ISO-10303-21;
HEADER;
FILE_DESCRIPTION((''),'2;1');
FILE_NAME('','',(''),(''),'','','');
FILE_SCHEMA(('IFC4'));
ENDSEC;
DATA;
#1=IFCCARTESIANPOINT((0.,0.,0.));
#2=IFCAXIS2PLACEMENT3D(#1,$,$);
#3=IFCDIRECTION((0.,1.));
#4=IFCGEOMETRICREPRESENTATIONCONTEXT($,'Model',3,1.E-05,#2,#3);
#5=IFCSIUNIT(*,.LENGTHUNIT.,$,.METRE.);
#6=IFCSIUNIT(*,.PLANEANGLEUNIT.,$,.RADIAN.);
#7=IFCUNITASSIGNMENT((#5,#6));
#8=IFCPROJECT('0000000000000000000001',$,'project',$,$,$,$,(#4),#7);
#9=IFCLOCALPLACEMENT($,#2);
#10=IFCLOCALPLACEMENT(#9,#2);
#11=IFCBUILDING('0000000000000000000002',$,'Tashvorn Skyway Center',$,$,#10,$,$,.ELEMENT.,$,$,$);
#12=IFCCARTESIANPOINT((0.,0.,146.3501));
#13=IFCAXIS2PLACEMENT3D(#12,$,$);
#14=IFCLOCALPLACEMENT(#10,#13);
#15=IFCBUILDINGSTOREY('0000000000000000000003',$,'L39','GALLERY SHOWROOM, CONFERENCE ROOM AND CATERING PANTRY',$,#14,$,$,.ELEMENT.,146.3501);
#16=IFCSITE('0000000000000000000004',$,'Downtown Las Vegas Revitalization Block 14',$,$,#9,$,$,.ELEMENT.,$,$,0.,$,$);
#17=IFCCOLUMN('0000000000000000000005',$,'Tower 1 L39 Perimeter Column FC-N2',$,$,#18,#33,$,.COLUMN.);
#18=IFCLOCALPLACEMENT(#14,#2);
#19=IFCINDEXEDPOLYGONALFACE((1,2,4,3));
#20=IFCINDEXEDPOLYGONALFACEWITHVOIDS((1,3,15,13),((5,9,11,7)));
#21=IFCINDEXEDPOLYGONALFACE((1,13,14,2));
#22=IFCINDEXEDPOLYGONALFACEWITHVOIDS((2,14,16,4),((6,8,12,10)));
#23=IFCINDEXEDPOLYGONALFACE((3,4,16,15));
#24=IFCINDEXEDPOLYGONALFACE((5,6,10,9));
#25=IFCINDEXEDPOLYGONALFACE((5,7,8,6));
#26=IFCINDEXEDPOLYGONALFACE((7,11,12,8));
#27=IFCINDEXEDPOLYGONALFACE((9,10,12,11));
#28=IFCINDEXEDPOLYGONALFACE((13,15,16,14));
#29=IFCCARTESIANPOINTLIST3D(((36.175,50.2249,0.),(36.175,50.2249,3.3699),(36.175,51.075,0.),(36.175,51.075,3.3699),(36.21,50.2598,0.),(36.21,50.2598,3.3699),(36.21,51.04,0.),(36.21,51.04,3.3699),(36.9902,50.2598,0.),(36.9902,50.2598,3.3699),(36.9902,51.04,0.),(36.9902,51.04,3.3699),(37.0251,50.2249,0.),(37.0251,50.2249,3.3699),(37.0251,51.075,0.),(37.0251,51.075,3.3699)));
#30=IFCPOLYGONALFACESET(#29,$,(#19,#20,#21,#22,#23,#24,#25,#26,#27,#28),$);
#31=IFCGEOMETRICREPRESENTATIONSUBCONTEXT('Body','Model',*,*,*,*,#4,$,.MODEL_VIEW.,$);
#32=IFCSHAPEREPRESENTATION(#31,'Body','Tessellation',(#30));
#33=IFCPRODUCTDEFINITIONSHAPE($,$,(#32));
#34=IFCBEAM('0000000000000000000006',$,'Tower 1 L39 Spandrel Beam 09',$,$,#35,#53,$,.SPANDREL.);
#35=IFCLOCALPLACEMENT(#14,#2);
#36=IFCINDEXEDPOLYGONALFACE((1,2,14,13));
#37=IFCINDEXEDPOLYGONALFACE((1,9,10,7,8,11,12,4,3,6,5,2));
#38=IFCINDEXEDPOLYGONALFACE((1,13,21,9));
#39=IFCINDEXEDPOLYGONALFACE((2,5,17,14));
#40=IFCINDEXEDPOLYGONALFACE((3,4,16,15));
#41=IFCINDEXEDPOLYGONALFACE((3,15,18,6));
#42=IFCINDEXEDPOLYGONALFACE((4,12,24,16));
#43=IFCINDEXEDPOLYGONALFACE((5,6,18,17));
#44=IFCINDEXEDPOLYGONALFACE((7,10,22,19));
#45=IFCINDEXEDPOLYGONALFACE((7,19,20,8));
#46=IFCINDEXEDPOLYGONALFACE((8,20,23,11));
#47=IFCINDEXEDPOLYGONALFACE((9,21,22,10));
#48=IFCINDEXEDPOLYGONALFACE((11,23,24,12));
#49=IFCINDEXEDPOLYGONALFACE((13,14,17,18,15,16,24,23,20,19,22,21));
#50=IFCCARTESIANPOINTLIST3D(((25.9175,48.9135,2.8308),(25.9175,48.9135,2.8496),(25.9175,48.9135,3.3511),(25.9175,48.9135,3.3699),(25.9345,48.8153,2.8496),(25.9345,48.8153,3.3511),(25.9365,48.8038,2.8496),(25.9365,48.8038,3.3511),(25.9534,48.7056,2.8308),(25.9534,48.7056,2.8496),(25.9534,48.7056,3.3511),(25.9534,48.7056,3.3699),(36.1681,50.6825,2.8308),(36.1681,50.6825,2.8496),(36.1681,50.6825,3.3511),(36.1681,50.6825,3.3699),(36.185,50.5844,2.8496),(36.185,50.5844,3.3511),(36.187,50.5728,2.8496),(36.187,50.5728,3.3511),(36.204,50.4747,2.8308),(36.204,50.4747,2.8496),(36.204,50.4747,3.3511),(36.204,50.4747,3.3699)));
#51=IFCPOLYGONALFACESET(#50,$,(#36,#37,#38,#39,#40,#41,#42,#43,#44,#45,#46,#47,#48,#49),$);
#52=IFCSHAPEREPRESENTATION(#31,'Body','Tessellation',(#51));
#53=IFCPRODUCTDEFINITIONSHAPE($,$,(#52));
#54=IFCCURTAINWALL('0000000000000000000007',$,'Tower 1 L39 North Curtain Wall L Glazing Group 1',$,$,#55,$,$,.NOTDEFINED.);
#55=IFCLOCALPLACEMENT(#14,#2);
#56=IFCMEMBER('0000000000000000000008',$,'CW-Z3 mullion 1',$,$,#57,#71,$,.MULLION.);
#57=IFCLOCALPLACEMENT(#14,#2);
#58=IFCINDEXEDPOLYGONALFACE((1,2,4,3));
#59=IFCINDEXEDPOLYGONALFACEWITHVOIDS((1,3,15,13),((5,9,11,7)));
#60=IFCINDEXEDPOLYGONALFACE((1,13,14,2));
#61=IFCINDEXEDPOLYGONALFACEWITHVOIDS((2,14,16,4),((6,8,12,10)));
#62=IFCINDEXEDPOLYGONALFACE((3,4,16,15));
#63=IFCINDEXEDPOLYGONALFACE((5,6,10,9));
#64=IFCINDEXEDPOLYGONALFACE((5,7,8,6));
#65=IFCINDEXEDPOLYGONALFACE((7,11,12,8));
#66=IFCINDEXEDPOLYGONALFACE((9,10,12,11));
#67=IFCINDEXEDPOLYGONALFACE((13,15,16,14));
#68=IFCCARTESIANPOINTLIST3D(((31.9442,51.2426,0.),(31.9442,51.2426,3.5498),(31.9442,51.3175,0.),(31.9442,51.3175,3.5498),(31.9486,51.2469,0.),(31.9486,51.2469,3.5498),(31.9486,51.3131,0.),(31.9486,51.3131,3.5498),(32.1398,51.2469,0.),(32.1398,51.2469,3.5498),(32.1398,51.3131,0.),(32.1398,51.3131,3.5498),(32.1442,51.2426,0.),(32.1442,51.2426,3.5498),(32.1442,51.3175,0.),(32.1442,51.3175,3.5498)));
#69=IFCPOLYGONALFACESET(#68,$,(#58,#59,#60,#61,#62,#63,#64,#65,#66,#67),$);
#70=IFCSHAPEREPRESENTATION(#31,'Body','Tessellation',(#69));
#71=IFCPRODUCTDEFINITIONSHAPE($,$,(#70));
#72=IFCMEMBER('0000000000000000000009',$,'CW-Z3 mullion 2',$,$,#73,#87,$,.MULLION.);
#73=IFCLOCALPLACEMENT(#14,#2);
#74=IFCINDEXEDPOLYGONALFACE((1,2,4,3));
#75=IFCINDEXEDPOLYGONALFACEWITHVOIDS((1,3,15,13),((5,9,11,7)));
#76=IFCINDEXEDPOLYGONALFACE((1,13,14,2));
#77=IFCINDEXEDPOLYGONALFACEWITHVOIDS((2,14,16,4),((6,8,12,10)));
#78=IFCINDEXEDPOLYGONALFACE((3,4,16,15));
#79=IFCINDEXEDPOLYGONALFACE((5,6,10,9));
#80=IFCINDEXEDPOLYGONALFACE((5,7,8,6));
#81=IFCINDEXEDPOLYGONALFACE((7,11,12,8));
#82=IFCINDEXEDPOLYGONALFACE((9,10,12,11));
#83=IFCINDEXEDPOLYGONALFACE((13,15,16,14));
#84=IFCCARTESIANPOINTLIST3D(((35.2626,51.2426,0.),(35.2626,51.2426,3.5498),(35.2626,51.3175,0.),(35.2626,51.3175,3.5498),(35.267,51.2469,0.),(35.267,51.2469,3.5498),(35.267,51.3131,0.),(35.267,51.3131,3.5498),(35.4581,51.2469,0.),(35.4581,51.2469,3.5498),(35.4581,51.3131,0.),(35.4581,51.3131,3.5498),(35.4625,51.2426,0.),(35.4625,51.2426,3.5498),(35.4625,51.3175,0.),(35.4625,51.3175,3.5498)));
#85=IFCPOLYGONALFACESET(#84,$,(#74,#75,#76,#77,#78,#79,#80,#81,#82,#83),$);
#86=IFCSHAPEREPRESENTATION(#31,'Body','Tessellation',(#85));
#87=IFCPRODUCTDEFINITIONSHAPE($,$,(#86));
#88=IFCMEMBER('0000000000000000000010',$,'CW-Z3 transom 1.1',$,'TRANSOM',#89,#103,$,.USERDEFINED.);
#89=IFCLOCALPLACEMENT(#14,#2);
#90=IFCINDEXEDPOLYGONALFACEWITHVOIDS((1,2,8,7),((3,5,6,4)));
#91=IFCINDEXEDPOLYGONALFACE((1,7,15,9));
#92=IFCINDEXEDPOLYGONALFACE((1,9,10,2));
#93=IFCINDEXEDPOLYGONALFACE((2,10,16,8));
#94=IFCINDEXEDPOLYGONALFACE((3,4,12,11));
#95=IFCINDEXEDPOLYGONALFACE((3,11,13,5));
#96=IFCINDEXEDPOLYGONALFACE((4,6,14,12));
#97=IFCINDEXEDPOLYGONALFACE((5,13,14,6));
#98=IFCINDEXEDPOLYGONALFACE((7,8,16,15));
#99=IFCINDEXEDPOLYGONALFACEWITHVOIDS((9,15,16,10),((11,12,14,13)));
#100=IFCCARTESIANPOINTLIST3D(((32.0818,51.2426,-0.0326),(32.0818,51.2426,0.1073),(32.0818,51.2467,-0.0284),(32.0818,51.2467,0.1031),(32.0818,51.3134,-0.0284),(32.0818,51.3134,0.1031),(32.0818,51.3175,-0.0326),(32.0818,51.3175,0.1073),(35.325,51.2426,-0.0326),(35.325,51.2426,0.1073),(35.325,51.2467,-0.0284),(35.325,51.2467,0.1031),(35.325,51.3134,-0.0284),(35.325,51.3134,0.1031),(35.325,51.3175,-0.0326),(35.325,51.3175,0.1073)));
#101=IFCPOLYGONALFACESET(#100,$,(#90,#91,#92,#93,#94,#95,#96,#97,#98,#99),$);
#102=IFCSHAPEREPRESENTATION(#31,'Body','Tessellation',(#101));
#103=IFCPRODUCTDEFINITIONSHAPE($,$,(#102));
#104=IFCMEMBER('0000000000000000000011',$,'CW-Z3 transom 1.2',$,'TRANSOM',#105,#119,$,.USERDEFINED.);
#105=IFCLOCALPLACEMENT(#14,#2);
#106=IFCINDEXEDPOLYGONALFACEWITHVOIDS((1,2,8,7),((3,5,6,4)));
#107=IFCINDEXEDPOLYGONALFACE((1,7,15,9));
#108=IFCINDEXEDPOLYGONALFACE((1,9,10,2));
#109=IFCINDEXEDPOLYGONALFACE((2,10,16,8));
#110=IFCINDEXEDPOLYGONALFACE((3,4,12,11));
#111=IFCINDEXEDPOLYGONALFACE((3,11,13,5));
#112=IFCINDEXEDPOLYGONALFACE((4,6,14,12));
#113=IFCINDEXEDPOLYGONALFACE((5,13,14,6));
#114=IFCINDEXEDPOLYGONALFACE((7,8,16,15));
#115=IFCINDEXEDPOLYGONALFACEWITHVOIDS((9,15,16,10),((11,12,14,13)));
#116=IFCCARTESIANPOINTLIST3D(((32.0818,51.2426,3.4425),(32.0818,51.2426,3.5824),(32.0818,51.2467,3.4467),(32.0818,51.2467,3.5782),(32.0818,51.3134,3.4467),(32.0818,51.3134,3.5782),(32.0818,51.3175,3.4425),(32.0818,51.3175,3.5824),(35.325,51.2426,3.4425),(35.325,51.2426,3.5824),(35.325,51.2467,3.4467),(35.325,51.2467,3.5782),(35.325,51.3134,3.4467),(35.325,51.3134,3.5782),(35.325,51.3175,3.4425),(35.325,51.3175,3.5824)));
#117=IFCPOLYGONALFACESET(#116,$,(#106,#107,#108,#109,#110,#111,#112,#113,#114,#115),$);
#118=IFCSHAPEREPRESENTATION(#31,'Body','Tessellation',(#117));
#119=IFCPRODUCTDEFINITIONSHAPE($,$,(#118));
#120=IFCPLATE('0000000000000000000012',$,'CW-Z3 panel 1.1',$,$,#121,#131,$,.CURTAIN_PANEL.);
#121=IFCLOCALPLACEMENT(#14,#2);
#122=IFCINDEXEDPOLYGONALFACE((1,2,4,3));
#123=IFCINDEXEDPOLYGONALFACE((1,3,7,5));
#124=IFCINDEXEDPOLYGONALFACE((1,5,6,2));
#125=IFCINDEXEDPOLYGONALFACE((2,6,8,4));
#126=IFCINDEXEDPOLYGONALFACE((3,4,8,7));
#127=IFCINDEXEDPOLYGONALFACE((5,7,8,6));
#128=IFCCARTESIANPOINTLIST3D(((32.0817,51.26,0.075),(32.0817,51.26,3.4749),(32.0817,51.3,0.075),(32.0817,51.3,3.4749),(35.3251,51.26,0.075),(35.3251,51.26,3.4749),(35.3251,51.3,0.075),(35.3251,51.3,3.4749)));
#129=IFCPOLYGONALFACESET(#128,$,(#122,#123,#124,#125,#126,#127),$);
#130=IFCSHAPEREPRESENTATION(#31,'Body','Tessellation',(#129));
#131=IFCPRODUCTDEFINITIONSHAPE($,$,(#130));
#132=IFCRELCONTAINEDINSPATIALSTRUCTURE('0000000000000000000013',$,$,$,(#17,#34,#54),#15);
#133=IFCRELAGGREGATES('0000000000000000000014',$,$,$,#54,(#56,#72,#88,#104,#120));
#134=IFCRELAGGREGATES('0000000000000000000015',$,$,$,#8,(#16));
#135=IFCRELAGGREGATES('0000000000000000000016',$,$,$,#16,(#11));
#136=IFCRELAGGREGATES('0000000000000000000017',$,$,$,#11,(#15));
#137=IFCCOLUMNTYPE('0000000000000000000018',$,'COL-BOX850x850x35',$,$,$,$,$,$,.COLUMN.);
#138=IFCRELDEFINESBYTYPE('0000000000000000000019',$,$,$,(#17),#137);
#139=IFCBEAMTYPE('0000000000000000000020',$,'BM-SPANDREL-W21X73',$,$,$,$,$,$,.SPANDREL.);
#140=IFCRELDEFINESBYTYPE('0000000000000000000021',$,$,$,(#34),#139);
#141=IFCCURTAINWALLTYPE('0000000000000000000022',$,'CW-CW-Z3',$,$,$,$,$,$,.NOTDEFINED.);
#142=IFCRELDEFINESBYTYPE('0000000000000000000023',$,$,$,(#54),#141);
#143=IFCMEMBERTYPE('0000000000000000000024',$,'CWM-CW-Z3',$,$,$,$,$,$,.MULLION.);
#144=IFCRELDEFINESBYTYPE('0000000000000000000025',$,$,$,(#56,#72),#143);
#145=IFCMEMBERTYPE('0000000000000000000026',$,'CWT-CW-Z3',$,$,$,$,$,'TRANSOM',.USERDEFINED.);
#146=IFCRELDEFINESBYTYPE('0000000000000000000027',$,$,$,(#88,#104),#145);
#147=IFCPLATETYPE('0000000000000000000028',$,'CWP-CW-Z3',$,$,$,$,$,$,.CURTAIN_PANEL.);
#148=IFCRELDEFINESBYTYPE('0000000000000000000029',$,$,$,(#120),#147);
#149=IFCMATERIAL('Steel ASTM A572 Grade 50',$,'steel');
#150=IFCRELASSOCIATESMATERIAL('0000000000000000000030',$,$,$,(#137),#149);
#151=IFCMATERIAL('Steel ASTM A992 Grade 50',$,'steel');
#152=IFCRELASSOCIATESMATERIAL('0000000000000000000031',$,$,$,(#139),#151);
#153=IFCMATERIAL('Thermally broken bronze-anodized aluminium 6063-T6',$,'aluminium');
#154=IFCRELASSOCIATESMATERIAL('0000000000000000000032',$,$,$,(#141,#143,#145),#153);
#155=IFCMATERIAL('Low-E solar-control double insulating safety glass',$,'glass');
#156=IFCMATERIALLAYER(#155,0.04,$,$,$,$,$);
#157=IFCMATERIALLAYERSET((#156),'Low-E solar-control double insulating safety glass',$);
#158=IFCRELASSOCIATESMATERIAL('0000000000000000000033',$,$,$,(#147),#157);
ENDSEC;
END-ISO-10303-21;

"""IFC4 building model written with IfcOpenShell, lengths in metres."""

from ifc_helpers import new_model, si_unit, direction, frame, origin, origin_2d, place, context, subcontext, project, spatial, rectangle, hollow_rectangle, i_section, extrude, material, layer, layer_set, material_profile, profile_set, type_object, element, aggregate, save


model = new_model("IFC4")

# Units and contexts
model_context = context("Model", 3, precision=1e-05, world=origin(), true_north=direction((0.0, 1.0)))
body_context = subcontext(model_context, "Body", "Model", "MODEL_VIEW")
ifc_project = project(units=[si_unit("LENGTHUNIT", "METRE"), si_unit("PLANEANGLEUNIT", "RADIAN")], contexts=[model_context])

# Site, building, storey
site_placement = place(None, origin())
site = spatial("IfcSite", under=ifc_project, at=site_placement, Name="Downtown Las Vegas Revitalization Block 14", CompositionType="ELEMENT", RefElevation=0.0)
building_placement = place(site_placement, origin())
building = spatial("IfcBuilding", under=site, at=building_placement, Name="Tashvorn Skyway Center", CompositionType="ELEMENT")
storey_placement = place(building_placement, frame((0.0, 0.0, 146.3501)))
storey = spatial("IfcBuildingStorey", under=building, at=storey_placement, Name="L39", Description="GALLERY SHOWROOM, CONFERENCE ROOM AND CATERING PANTRY", CompositionType="ELEMENT", Elevation=146.3501)

# Column
ifc_material_1 = material(Name="Steel ASTM A572 Grade 50", Category="steel")
ifc_material_profile_1 = material_profile(ifc_material_1, hollow_rectangle(XDim=0.8501, YDim=0.8501, WallThickness=0.0349, at=origin_2d()), Name="BOX850x850x35")
ifc_profile_set_1 = profile_set([ifc_material_profile_1], Name="Steel ASTM A572 Grade 50")
column_type = type_object("IfcColumnType", Name="COL-BOX850x850x35", PredefinedType="COLUMN", material=ifc_profile_set_1)
column_placement = place(storey_placement, frame((36.6001, 50.6499, 0.0), z_axis=(0.0, 0.0, 1.0), x_axis=(1.0, 0.0, 0.0)))
element("IfcColumn", 1, at=column_placement, inside=storey, type_object=column_type, Name="Tower 1 L39 Perimeter Column FC-N2", PredefinedType="COLUMN", context=body_context, shape_type="SweptSolid", body=[
    extrude(hollow_rectangle(XDim=0.8501, YDim=0.8501, WallThickness=0.0349, at=origin_2d()), origin(), (0.0, 0.0, 1.0), 3.3699),
])

# Beam
ifc_material_2 = material(Name="Steel ASTM A992 Grade 50", Category="steel")
ifc_material_profile_2 = material_profile(ifc_material_2, i_section(OverallWidth=0.2109, OverallDepth=0.5391, WebThickness=0.0117, FlangeThickness=0.0188, at=origin_2d()), Name="W21X73")
ifc_profile_set_2 = profile_set([ifc_material_profile_2], Name="Steel ASTM A992 Grade 50")
beam_type = type_object("IfcBeamType", Name="BM-SPANDREL-W21X73", PredefinedType="SPANDREL", material=ifc_profile_set_2)
beam_placement = place(storey_placement, frame((36.186, 50.5786, 3.1003), z_axis=(-0.985432, -0.170067, 0.0), x_axis=(0.170067, -0.985432, 0.0)))
element("IfcBeam", 2, at=beam_placement, inside=storey, type_object=beam_type, Name="Tower 1 L39 Spandrel Beam 09", PredefinedType="SPANDREL", context=body_context, shape_type="SweptSolid", body=[
    extrude(i_section(OverallWidth=0.2109, OverallDepth=0.5391, WebThickness=0.0117, FlangeThickness=0.0188, at=origin_2d()), origin(), (0.0, 0.0, 1.0), 10.4021),
])

# Curtain wall, members, plate
ifc_material_3 = material(Name="Thermally broken bronze-anodized aluminium 6063-T6", Category="aluminium")
curtain_wall_type = type_object("IfcCurtainWallType", Name="CW-CW-Z3", PredefinedType="NOTDEFINED", material=ifc_material_3)
curtain_wall_placement = place(storey_placement, origin())
curtain_wall = element("IfcCurtainWall", 3, at=curtain_wall_placement, inside=storey, type_object=curtain_wall_type, Name="Tower 1 L39 North Curtain Wall L Glazing Group 1", PredefinedType="NOTDEFINED")
ifc_material_profile_3 = material_profile(ifc_material_3, hollow_rectangle(XDim=0.075, YDim=0.2, WallThickness=0.0044, at=origin_2d()), Name="ALU-MULL-75x200")
ifc_profile_set_3 = profile_set([ifc_material_profile_3], Name="Thermally broken bronze-anodized aluminium 6063-T6")
member_type_1 = type_object("IfcMemberType", Name="CWM-CW-Z3", PredefinedType="MULLION", material=ifc_profile_set_3)
member_1_placement = place(storey_placement, frame((32.0442, 51.28, 0.0), z_axis=(0.0, 0.0, 1.0), x_axis=(0.0, 1.0, 0.0)))
member_1 = element("IfcMember", 4, at=member_1_placement, type_object=member_type_1, Name="CW-Z3 mullion 1", PredefinedType="MULLION", context=body_context, shape_type="SweptSolid", body=[
    extrude(hollow_rectangle(XDim=0.075, YDim=0.2, WallThickness=0.0044, at=origin_2d()), origin(), (0.0, 0.0, 1.0), 3.5498),
])
member_2_placement = place(storey_placement, frame((35.3625, 51.28, 0.0), z_axis=(0.0, 0.0, 1.0), x_axis=(0.0, 1.0, 0.0)))
member_2 = element("IfcMember", 5, at=member_2_placement, type_object=member_type_1, Name="CW-Z3 mullion 2", PredefinedType="MULLION", context=body_context, shape_type="SweptSolid", body=[
    extrude(hollow_rectangle(XDim=0.075, YDim=0.2, WallThickness=0.0044, at=origin_2d()), origin(), (0.0, 0.0, 1.0), 3.5498),
])
ifc_material_profile_4 = material_profile(ifc_material_3, hollow_rectangle(XDim=0.075, YDim=0.1399, WallThickness=0.0042, at=origin_2d()), Name="ALU-TRAN-75x140")
ifc_profile_set_4 = profile_set([ifc_material_profile_4], Name="Thermally broken bronze-anodized aluminium 6063-T6")
member_type_2 = type_object("IfcMemberType", Name="CWT-CW-Z3", ElementType="TRANSOM", PredefinedType="USERDEFINED", material=ifc_profile_set_4)
member_3_placement = place(storey_placement, frame((32.0818, 51.28, 0.0374), z_axis=(1.0, 0.0, 0.0), x_axis=(0.0, 1.0, 0.0)))
member_3 = element("IfcMember", 6, at=member_3_placement, type_object=member_type_2, Name="CW-Z3 transom 1.1", ObjectType="TRANSOM", PredefinedType="USERDEFINED", context=body_context, shape_type="SweptSolid", body=[
    extrude(hollow_rectangle(XDim=0.075, YDim=0.1399, WallThickness=0.0042, at=origin_2d()), origin(), (0.0, 0.0, 1.0), 3.2432),
])
member_4_placement = place(storey_placement, frame((32.0818, 51.28, 3.5125), z_axis=(1.0, 0.0, 0.0), x_axis=(0.0, 1.0, 0.0)))
member_4 = element("IfcMember", 7, at=member_4_placement, type_object=member_type_2, Name="CW-Z3 transom 1.2", ObjectType="TRANSOM", PredefinedType="USERDEFINED", context=body_context, shape_type="SweptSolid", body=[
    extrude(hollow_rectangle(XDim=0.075, YDim=0.1399, WallThickness=0.0042, at=origin_2d()), origin(), (0.0, 0.0, 1.0), 3.2432),
])
ifc_material_4 = material(Name="Low-E solar-control double insulating safety glass", Category="glass")
ifc_layer_1 = layer(ifc_material_4, 0.04)
ifc_layer_set_1 = layer_set([ifc_layer_1], Name="Low-E solar-control double insulating safety glass")
plate_type = type_object("IfcPlateType", Name="CWP-CW-Z3", PredefinedType="CURTAIN_PANEL", material=ifc_layer_set_1)
plate_placement = place(storey_placement, frame((33.7034, 51.28, 0.075), z_axis=(0.0, 0.0, 1.0), x_axis=(1.0, 0.0, 0.0)))
plate = element("IfcPlate", 8, at=plate_placement, type_object=plate_type, Name="CW-Z3 panel 1.1", PredefinedType="CURTAIN_PANEL", context=body_context, shape_type="SweptSolid", body=[
    extrude(rectangle(XDim=3.2434, YDim=0.04, at=origin_2d()), origin(), (0.0, 0.0, 1.0), 3.3999),
])
aggregate(curtain_wall, [member_1, member_2, member_3, member_4, plate])

save(model, "model.ifc")
